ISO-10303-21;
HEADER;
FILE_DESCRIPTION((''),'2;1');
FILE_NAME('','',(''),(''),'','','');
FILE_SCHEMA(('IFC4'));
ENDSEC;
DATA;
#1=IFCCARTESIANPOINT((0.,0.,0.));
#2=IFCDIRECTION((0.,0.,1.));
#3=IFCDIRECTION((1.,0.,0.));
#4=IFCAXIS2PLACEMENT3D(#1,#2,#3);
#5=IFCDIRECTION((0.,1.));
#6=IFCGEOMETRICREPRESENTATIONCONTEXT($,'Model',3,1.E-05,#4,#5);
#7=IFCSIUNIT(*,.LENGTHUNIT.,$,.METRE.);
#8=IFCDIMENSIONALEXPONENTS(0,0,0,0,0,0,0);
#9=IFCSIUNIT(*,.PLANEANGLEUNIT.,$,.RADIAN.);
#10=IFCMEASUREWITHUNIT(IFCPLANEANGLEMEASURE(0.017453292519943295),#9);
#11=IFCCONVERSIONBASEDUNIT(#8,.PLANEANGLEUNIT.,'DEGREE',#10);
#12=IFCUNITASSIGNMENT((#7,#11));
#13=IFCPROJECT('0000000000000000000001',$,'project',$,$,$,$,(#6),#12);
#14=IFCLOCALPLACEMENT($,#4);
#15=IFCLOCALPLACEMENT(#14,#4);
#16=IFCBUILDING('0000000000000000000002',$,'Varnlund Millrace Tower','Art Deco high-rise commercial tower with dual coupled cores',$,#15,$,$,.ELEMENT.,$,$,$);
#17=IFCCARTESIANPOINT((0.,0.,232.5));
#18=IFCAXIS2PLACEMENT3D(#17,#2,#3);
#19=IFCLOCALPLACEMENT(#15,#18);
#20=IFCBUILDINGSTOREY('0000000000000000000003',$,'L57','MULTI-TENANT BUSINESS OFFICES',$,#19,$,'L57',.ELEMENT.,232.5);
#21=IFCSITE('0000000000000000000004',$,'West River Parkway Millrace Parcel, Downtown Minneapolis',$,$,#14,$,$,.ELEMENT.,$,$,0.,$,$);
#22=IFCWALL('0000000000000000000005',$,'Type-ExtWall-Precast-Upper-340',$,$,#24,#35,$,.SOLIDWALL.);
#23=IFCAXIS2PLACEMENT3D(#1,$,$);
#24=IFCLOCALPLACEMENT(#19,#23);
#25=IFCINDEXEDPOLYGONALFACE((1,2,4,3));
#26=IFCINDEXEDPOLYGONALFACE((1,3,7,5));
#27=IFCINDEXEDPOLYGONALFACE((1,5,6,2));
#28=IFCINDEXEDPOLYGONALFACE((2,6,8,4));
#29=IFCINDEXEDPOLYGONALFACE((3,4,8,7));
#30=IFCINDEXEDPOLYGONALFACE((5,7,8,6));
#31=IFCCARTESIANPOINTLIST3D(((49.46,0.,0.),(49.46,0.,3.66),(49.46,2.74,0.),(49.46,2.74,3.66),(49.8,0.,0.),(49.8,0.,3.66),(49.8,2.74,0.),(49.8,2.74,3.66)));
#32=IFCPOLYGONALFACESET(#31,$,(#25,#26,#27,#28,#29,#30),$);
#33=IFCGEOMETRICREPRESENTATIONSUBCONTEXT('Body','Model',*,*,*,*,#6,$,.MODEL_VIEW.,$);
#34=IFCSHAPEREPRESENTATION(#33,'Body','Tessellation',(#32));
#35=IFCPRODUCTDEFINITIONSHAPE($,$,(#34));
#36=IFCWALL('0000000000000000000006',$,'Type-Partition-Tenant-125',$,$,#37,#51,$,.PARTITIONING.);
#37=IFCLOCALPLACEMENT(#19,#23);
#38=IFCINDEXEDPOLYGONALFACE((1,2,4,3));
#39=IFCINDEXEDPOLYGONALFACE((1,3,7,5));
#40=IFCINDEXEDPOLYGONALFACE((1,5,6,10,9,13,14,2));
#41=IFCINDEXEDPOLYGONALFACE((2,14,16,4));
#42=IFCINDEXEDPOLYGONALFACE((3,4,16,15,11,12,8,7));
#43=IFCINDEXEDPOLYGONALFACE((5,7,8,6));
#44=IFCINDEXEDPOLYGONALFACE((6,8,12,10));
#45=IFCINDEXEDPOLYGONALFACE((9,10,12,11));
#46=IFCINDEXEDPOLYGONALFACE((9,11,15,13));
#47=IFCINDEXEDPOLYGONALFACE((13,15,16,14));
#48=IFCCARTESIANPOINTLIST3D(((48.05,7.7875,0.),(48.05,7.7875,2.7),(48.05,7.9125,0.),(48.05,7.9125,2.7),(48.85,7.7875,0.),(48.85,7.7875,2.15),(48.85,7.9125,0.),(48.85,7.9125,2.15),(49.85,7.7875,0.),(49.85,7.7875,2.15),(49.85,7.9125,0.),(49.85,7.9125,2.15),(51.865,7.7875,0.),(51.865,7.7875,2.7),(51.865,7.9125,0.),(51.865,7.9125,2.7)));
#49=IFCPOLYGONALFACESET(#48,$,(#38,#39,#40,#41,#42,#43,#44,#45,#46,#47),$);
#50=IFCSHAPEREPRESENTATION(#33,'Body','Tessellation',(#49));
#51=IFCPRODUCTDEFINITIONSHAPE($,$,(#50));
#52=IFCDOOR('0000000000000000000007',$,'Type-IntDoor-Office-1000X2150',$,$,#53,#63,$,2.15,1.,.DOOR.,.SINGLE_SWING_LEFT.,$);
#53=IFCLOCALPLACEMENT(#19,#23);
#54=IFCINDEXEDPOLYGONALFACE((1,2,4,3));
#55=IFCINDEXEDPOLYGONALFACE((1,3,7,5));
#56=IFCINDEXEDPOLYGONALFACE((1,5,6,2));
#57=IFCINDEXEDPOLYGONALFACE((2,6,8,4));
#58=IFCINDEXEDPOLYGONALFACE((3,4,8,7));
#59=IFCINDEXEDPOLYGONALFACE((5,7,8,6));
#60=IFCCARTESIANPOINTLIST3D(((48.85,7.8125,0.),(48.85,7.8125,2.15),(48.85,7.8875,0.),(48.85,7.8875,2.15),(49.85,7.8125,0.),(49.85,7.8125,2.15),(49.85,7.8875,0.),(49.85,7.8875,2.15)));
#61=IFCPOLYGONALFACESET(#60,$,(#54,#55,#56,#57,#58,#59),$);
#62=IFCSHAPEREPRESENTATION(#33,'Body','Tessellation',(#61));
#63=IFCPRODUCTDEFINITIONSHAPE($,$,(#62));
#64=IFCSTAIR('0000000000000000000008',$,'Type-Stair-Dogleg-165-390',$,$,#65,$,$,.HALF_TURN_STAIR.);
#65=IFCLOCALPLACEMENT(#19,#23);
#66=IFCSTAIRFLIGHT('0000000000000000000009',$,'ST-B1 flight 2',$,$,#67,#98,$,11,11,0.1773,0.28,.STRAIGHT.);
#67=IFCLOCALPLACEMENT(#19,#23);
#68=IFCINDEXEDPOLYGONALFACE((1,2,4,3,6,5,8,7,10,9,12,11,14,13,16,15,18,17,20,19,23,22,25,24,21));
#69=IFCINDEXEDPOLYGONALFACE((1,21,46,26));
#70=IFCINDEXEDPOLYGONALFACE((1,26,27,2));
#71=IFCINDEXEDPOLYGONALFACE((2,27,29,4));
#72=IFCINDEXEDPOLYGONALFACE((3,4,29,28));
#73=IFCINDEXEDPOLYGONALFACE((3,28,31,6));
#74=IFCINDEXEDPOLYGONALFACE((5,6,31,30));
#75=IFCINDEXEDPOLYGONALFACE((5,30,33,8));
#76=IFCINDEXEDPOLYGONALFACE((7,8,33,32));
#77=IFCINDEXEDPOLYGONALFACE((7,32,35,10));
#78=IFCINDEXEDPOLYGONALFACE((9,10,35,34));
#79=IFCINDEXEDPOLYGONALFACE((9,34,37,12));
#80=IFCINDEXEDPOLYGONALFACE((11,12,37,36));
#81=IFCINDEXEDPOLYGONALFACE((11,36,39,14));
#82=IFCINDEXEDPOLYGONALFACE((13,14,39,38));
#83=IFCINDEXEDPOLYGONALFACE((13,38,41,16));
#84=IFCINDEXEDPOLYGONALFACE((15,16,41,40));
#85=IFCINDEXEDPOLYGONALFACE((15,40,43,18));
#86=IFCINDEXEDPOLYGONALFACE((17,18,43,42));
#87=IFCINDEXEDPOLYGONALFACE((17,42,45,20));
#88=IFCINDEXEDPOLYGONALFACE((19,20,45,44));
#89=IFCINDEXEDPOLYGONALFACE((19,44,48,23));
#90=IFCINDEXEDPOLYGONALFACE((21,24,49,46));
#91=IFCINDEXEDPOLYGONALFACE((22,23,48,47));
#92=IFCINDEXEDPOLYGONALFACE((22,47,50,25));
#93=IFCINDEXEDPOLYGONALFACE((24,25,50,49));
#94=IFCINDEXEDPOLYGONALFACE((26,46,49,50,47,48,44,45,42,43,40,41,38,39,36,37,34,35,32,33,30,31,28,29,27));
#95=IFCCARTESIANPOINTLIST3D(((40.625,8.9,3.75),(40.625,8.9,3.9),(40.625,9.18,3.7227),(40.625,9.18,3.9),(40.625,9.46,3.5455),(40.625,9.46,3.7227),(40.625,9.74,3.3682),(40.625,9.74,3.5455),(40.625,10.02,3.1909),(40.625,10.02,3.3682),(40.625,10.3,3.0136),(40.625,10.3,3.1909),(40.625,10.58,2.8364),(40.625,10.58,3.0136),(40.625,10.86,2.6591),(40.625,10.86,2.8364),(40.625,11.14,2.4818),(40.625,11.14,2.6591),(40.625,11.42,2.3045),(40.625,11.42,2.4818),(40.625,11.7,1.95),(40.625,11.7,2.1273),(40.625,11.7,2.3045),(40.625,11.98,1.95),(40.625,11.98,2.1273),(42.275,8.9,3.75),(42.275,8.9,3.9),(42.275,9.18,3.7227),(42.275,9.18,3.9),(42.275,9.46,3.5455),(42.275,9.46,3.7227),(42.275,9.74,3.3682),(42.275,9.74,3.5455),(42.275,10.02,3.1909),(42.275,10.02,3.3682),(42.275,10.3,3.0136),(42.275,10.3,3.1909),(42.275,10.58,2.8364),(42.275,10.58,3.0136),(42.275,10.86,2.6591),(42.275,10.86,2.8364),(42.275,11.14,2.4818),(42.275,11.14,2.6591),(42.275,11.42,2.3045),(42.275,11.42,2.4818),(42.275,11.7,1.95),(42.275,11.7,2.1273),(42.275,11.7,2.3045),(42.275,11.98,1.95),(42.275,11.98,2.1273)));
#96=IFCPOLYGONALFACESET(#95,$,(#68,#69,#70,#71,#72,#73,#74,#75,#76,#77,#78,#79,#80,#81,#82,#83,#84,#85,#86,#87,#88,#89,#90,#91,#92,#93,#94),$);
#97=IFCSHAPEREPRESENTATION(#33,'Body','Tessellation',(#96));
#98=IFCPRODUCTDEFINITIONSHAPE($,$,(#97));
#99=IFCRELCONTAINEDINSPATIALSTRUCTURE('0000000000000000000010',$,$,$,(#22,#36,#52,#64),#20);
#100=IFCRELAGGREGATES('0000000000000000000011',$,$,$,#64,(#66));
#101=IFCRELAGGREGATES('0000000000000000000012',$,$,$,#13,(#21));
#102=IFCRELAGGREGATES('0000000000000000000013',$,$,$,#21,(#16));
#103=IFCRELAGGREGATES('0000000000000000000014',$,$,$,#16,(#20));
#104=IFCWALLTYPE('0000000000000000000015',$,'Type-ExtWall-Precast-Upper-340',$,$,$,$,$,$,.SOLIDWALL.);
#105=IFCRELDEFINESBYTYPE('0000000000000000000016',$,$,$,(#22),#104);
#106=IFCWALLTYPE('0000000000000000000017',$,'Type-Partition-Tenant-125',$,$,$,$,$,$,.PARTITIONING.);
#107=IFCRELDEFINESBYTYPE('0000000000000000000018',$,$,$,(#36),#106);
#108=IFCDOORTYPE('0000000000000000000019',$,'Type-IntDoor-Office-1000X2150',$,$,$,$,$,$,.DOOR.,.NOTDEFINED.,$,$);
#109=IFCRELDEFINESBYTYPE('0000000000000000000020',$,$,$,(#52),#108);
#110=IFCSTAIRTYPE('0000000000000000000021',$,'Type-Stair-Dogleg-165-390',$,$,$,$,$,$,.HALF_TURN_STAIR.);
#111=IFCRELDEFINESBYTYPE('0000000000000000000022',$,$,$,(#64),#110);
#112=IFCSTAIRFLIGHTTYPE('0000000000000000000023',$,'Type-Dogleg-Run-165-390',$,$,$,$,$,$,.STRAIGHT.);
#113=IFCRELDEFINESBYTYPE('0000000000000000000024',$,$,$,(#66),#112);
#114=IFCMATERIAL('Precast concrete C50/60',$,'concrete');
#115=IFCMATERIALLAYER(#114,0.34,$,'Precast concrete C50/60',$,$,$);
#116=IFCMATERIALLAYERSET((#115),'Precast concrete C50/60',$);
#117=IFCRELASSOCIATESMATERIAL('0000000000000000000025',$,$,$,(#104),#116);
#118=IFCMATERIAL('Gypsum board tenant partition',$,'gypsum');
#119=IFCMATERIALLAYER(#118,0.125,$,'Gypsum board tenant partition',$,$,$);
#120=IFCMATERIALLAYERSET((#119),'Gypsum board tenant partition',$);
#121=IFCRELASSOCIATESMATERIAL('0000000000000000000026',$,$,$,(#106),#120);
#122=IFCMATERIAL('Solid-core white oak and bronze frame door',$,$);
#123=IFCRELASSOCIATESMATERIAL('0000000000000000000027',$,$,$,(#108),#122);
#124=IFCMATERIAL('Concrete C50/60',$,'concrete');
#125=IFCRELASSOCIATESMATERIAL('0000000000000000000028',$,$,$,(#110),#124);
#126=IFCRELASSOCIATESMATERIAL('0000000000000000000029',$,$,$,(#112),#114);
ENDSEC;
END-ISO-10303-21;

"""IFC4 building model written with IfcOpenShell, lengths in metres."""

from ifc_helpers import new_model, entity, si_unit, converted_unit, direction, frame, origin_with_axes, origin_2d_with_axis, place, context, subcontext, project, spatial, polyline, rectangle, outline, extrude, material, layer, layer_set, type_object, element, fill, aggregate, save


model = new_model("IFC4")

# Units and contexts
model_context = context("Model", 3, precision=1e-05, world=origin_with_axes(), true_north=direction((0.0, 1.0)))
body_context = subcontext(model_context, "Body", "Model", "MODEL_VIEW")
ifc_project = project(units=[si_unit("LENGTHUNIT", "METRE"), converted_unit("PLANEANGLEUNIT", "DEGREE", entity("IfcPlaneAngleMeasure", 0.017453292519943295), si_unit("PLANEANGLEUNIT", "RADIAN"), dimensions=[0, 0, 0, 0, 0, 0, 0])], contexts=[model_context])

# Site, building, storey
site_placement = place(None, origin_with_axes())
site = spatial("IfcSite", under=ifc_project, at=site_placement, Name="West River Parkway Millrace Parcel, Downtown Minneapolis", CompositionType="ELEMENT", RefElevation=0.0)
building_placement = place(site_placement, origin_with_axes())
building = spatial("IfcBuilding", under=site, at=building_placement, Name="Varnlund Millrace Tower", Description="Art Deco high-rise commercial tower with dual coupled cores", CompositionType="ELEMENT")
storey_placement = place(building_placement, frame((0.0, 0.0, 232.5), z_axis=(0.0, 0.0, 1.0), x_axis=(1.0, 0.0, 0.0)))
storey = spatial("IfcBuildingStorey", under=building, at=storey_placement, Name="L57", Description="MULTI-TENANT BUSINESS OFFICES", LongName="L57", CompositionType="ELEMENT", Elevation=232.5)

# Wall
ifc_material_1 = material(Name="Precast concrete C50/60", Category="concrete")
ifc_layer_1 = layer(ifc_material_1, 0.34, Name="Precast concrete C50/60")
ifc_layer_set_1 = layer_set([ifc_layer_1], Name="Precast concrete C50/60")
wall_type_1 = type_object("IfcWallType", Name="Type-ExtWall-Precast-Upper-340", PredefinedType="SOLIDWALL", material=ifc_layer_set_1)
wall_1_placement = place(storey_placement, frame((49.63, 2.74, 0.0), z_axis=(0.0, 0.0, 1.0), x_axis=(0.0, -1.0, 0.0)))
element("IfcWall", 1, at=wall_1_placement, inside=storey, type_object=wall_type_1, Name="Type-ExtWall-Precast-Upper-340", PredefinedType="SOLIDWALL", context=body_context, shape_type="SweptSolid", body=[
    extrude(outline(polyline([(0.0, -0.17), (2.74, -0.17), (2.74, 0.17), (0.0, 0.17), (0.0, -0.17)])), origin_with_axes(), (0.0, 0.0, 1.0), 3.66),
])

# Wall, opening, door
ifc_material_2 = material(Name="Gypsum board tenant partition", Category="gypsum")
ifc_layer_2 = layer(ifc_material_2, 0.125, Name="Gypsum board tenant partition")
ifc_layer_set_2 = layer_set([ifc_layer_2], Name="Gypsum board tenant partition")
wall_type_2 = type_object("IfcWallType", Name="Type-Partition-Tenant-125", PredefinedType="PARTITIONING", material=ifc_layer_set_2)
wall_2_placement = place(storey_placement, frame((51.865, 7.85, 0.0), z_axis=(0.0, 0.0, 1.0), x_axis=(-1.0, 0.0, 0.0)))
wall_2 = element("IfcWall", 2, at=wall_2_placement, inside=storey, type_object=wall_type_2, Name="Type-Partition-Tenant-125", PredefinedType="PARTITIONING", context=body_context, shape_type="SweptSolid", body=[
    extrude(outline(polyline([(0.0, -0.0625), (3.815, -0.0625), (3.815, 0.0625), (0.0, 0.0625), (0.0, -0.0625)])), origin_with_axes(), (0.0, 0.0, 1.0), 2.7),
])
opening_1_placement = place(wall_2_placement, frame((2.515, 0.0, 0.0), z_axis=(0.0, 0.0, 1.0), x_axis=(1.0, 0.0, 0.0)))
opening_1 = element("IfcOpeningElement", 3, at=opening_1_placement, cuts=wall_2, PredefinedType="OPENING", context=body_context, shape_type="SweptSolid", body=[
    extrude(rectangle(XDim=1.0, YDim=0.145, at=origin_2d_with_axis()), origin_with_axes(), (0.0, 0.0, 1.0), 2.15),
])
ifc_material_3 = material(Name="Solid-core white oak and bronze frame door")
door_type = type_object("IfcDoorType", Name="Type-IntDoor-Office-1000X2150", OperationType="NOTDEFINED", PredefinedType="DOOR", material=ifc_material_3)
door_placement = place(wall_2_placement, frame((2.515, 0.0, 0.0), z_axis=(0.0, 0.0, 1.0), x_axis=(1.0, 0.0, 0.0)))
door = element("IfcDoor", 4, at=door_placement, inside=storey, type_object=door_type, Name="Type-IntDoor-Office-1000X2150", OperationType="SINGLE_SWING_LEFT", OverallHeight=2.15, OverallWidth=1.0, PredefinedType="DOOR", context=body_context, shape_type="SweptSolid", body=[
    extrude(rectangle(XDim=1.0, YDim=0.075, at=origin_2d_with_axis()), origin_with_axes(), (0.0, 0.0, 1.0), 2.15),
])
fill(opening_1, door)

# Stair, stair flight
ifc_material_4 = material(Name="Concrete C50/60", Category="concrete")
stair_type = type_object("IfcStairType", Name="Type-Stair-Dogleg-165-390", PredefinedType="HALF_TURN_STAIR", material=ifc_material_4)
stair_placement = place(storey_placement, origin_with_axes())
stair = element("IfcStair", 5, at=stair_placement, inside=storey, type_object=stair_type, Name="Type-Stair-Dogleg-165-390", PredefinedType="HALF_TURN_STAIR")
stair_flight_type = type_object("IfcStairFlightType", Name="Type-Dogleg-Run-165-390", PredefinedType="STRAIGHT", material=ifc_material_1)
stair_flight_placement = place(storey_placement, frame((42.275, 11.98, 1.95), z_axis=(-1.0, 0.0, 0.0), x_axis=(0.0, -1.0, 0.0)))
stair_flight = element("IfcStairFlight", 6, at=stair_flight_placement, type_object=stair_flight_type, Name="ST-B1 flight 2", NumberOfRisers=11, NumberOfTreads=11, PredefinedType="STRAIGHT", RiserHeight=0.1773, TreadLength=0.28, context=body_context, shape_type="SweptSolid", body=[
    extrude(outline(polyline([(0.0, 0.0), (0.0, 0.1773), (0.28, 0.1773), (0.28, 0.3545), (0.56, 0.3545), (0.56, 0.5318), (0.84, 0.5318), (0.84, 0.7091), (1.12, 0.7091), (1.12, 0.8864), (1.4, 0.8864), (1.4, 1.0636), (1.68, 1.0636), (1.68, 1.2409), (1.96, 1.2409), (1.96, 1.4182), (2.24, 1.4182), (2.24, 1.5955), (2.52, 1.5955), (2.52, 1.7727), (2.8, 1.7727), (2.8, 1.95), (3.08, 1.95), (3.08, 1.8), (0.28, 0.0), (0.0, 0.0)])), origin_with_axes(), (0.0, 0.0, 1.0), 1.65),
])
aggregate(stair, [stair_flight])

save(model, "model.ifc")
